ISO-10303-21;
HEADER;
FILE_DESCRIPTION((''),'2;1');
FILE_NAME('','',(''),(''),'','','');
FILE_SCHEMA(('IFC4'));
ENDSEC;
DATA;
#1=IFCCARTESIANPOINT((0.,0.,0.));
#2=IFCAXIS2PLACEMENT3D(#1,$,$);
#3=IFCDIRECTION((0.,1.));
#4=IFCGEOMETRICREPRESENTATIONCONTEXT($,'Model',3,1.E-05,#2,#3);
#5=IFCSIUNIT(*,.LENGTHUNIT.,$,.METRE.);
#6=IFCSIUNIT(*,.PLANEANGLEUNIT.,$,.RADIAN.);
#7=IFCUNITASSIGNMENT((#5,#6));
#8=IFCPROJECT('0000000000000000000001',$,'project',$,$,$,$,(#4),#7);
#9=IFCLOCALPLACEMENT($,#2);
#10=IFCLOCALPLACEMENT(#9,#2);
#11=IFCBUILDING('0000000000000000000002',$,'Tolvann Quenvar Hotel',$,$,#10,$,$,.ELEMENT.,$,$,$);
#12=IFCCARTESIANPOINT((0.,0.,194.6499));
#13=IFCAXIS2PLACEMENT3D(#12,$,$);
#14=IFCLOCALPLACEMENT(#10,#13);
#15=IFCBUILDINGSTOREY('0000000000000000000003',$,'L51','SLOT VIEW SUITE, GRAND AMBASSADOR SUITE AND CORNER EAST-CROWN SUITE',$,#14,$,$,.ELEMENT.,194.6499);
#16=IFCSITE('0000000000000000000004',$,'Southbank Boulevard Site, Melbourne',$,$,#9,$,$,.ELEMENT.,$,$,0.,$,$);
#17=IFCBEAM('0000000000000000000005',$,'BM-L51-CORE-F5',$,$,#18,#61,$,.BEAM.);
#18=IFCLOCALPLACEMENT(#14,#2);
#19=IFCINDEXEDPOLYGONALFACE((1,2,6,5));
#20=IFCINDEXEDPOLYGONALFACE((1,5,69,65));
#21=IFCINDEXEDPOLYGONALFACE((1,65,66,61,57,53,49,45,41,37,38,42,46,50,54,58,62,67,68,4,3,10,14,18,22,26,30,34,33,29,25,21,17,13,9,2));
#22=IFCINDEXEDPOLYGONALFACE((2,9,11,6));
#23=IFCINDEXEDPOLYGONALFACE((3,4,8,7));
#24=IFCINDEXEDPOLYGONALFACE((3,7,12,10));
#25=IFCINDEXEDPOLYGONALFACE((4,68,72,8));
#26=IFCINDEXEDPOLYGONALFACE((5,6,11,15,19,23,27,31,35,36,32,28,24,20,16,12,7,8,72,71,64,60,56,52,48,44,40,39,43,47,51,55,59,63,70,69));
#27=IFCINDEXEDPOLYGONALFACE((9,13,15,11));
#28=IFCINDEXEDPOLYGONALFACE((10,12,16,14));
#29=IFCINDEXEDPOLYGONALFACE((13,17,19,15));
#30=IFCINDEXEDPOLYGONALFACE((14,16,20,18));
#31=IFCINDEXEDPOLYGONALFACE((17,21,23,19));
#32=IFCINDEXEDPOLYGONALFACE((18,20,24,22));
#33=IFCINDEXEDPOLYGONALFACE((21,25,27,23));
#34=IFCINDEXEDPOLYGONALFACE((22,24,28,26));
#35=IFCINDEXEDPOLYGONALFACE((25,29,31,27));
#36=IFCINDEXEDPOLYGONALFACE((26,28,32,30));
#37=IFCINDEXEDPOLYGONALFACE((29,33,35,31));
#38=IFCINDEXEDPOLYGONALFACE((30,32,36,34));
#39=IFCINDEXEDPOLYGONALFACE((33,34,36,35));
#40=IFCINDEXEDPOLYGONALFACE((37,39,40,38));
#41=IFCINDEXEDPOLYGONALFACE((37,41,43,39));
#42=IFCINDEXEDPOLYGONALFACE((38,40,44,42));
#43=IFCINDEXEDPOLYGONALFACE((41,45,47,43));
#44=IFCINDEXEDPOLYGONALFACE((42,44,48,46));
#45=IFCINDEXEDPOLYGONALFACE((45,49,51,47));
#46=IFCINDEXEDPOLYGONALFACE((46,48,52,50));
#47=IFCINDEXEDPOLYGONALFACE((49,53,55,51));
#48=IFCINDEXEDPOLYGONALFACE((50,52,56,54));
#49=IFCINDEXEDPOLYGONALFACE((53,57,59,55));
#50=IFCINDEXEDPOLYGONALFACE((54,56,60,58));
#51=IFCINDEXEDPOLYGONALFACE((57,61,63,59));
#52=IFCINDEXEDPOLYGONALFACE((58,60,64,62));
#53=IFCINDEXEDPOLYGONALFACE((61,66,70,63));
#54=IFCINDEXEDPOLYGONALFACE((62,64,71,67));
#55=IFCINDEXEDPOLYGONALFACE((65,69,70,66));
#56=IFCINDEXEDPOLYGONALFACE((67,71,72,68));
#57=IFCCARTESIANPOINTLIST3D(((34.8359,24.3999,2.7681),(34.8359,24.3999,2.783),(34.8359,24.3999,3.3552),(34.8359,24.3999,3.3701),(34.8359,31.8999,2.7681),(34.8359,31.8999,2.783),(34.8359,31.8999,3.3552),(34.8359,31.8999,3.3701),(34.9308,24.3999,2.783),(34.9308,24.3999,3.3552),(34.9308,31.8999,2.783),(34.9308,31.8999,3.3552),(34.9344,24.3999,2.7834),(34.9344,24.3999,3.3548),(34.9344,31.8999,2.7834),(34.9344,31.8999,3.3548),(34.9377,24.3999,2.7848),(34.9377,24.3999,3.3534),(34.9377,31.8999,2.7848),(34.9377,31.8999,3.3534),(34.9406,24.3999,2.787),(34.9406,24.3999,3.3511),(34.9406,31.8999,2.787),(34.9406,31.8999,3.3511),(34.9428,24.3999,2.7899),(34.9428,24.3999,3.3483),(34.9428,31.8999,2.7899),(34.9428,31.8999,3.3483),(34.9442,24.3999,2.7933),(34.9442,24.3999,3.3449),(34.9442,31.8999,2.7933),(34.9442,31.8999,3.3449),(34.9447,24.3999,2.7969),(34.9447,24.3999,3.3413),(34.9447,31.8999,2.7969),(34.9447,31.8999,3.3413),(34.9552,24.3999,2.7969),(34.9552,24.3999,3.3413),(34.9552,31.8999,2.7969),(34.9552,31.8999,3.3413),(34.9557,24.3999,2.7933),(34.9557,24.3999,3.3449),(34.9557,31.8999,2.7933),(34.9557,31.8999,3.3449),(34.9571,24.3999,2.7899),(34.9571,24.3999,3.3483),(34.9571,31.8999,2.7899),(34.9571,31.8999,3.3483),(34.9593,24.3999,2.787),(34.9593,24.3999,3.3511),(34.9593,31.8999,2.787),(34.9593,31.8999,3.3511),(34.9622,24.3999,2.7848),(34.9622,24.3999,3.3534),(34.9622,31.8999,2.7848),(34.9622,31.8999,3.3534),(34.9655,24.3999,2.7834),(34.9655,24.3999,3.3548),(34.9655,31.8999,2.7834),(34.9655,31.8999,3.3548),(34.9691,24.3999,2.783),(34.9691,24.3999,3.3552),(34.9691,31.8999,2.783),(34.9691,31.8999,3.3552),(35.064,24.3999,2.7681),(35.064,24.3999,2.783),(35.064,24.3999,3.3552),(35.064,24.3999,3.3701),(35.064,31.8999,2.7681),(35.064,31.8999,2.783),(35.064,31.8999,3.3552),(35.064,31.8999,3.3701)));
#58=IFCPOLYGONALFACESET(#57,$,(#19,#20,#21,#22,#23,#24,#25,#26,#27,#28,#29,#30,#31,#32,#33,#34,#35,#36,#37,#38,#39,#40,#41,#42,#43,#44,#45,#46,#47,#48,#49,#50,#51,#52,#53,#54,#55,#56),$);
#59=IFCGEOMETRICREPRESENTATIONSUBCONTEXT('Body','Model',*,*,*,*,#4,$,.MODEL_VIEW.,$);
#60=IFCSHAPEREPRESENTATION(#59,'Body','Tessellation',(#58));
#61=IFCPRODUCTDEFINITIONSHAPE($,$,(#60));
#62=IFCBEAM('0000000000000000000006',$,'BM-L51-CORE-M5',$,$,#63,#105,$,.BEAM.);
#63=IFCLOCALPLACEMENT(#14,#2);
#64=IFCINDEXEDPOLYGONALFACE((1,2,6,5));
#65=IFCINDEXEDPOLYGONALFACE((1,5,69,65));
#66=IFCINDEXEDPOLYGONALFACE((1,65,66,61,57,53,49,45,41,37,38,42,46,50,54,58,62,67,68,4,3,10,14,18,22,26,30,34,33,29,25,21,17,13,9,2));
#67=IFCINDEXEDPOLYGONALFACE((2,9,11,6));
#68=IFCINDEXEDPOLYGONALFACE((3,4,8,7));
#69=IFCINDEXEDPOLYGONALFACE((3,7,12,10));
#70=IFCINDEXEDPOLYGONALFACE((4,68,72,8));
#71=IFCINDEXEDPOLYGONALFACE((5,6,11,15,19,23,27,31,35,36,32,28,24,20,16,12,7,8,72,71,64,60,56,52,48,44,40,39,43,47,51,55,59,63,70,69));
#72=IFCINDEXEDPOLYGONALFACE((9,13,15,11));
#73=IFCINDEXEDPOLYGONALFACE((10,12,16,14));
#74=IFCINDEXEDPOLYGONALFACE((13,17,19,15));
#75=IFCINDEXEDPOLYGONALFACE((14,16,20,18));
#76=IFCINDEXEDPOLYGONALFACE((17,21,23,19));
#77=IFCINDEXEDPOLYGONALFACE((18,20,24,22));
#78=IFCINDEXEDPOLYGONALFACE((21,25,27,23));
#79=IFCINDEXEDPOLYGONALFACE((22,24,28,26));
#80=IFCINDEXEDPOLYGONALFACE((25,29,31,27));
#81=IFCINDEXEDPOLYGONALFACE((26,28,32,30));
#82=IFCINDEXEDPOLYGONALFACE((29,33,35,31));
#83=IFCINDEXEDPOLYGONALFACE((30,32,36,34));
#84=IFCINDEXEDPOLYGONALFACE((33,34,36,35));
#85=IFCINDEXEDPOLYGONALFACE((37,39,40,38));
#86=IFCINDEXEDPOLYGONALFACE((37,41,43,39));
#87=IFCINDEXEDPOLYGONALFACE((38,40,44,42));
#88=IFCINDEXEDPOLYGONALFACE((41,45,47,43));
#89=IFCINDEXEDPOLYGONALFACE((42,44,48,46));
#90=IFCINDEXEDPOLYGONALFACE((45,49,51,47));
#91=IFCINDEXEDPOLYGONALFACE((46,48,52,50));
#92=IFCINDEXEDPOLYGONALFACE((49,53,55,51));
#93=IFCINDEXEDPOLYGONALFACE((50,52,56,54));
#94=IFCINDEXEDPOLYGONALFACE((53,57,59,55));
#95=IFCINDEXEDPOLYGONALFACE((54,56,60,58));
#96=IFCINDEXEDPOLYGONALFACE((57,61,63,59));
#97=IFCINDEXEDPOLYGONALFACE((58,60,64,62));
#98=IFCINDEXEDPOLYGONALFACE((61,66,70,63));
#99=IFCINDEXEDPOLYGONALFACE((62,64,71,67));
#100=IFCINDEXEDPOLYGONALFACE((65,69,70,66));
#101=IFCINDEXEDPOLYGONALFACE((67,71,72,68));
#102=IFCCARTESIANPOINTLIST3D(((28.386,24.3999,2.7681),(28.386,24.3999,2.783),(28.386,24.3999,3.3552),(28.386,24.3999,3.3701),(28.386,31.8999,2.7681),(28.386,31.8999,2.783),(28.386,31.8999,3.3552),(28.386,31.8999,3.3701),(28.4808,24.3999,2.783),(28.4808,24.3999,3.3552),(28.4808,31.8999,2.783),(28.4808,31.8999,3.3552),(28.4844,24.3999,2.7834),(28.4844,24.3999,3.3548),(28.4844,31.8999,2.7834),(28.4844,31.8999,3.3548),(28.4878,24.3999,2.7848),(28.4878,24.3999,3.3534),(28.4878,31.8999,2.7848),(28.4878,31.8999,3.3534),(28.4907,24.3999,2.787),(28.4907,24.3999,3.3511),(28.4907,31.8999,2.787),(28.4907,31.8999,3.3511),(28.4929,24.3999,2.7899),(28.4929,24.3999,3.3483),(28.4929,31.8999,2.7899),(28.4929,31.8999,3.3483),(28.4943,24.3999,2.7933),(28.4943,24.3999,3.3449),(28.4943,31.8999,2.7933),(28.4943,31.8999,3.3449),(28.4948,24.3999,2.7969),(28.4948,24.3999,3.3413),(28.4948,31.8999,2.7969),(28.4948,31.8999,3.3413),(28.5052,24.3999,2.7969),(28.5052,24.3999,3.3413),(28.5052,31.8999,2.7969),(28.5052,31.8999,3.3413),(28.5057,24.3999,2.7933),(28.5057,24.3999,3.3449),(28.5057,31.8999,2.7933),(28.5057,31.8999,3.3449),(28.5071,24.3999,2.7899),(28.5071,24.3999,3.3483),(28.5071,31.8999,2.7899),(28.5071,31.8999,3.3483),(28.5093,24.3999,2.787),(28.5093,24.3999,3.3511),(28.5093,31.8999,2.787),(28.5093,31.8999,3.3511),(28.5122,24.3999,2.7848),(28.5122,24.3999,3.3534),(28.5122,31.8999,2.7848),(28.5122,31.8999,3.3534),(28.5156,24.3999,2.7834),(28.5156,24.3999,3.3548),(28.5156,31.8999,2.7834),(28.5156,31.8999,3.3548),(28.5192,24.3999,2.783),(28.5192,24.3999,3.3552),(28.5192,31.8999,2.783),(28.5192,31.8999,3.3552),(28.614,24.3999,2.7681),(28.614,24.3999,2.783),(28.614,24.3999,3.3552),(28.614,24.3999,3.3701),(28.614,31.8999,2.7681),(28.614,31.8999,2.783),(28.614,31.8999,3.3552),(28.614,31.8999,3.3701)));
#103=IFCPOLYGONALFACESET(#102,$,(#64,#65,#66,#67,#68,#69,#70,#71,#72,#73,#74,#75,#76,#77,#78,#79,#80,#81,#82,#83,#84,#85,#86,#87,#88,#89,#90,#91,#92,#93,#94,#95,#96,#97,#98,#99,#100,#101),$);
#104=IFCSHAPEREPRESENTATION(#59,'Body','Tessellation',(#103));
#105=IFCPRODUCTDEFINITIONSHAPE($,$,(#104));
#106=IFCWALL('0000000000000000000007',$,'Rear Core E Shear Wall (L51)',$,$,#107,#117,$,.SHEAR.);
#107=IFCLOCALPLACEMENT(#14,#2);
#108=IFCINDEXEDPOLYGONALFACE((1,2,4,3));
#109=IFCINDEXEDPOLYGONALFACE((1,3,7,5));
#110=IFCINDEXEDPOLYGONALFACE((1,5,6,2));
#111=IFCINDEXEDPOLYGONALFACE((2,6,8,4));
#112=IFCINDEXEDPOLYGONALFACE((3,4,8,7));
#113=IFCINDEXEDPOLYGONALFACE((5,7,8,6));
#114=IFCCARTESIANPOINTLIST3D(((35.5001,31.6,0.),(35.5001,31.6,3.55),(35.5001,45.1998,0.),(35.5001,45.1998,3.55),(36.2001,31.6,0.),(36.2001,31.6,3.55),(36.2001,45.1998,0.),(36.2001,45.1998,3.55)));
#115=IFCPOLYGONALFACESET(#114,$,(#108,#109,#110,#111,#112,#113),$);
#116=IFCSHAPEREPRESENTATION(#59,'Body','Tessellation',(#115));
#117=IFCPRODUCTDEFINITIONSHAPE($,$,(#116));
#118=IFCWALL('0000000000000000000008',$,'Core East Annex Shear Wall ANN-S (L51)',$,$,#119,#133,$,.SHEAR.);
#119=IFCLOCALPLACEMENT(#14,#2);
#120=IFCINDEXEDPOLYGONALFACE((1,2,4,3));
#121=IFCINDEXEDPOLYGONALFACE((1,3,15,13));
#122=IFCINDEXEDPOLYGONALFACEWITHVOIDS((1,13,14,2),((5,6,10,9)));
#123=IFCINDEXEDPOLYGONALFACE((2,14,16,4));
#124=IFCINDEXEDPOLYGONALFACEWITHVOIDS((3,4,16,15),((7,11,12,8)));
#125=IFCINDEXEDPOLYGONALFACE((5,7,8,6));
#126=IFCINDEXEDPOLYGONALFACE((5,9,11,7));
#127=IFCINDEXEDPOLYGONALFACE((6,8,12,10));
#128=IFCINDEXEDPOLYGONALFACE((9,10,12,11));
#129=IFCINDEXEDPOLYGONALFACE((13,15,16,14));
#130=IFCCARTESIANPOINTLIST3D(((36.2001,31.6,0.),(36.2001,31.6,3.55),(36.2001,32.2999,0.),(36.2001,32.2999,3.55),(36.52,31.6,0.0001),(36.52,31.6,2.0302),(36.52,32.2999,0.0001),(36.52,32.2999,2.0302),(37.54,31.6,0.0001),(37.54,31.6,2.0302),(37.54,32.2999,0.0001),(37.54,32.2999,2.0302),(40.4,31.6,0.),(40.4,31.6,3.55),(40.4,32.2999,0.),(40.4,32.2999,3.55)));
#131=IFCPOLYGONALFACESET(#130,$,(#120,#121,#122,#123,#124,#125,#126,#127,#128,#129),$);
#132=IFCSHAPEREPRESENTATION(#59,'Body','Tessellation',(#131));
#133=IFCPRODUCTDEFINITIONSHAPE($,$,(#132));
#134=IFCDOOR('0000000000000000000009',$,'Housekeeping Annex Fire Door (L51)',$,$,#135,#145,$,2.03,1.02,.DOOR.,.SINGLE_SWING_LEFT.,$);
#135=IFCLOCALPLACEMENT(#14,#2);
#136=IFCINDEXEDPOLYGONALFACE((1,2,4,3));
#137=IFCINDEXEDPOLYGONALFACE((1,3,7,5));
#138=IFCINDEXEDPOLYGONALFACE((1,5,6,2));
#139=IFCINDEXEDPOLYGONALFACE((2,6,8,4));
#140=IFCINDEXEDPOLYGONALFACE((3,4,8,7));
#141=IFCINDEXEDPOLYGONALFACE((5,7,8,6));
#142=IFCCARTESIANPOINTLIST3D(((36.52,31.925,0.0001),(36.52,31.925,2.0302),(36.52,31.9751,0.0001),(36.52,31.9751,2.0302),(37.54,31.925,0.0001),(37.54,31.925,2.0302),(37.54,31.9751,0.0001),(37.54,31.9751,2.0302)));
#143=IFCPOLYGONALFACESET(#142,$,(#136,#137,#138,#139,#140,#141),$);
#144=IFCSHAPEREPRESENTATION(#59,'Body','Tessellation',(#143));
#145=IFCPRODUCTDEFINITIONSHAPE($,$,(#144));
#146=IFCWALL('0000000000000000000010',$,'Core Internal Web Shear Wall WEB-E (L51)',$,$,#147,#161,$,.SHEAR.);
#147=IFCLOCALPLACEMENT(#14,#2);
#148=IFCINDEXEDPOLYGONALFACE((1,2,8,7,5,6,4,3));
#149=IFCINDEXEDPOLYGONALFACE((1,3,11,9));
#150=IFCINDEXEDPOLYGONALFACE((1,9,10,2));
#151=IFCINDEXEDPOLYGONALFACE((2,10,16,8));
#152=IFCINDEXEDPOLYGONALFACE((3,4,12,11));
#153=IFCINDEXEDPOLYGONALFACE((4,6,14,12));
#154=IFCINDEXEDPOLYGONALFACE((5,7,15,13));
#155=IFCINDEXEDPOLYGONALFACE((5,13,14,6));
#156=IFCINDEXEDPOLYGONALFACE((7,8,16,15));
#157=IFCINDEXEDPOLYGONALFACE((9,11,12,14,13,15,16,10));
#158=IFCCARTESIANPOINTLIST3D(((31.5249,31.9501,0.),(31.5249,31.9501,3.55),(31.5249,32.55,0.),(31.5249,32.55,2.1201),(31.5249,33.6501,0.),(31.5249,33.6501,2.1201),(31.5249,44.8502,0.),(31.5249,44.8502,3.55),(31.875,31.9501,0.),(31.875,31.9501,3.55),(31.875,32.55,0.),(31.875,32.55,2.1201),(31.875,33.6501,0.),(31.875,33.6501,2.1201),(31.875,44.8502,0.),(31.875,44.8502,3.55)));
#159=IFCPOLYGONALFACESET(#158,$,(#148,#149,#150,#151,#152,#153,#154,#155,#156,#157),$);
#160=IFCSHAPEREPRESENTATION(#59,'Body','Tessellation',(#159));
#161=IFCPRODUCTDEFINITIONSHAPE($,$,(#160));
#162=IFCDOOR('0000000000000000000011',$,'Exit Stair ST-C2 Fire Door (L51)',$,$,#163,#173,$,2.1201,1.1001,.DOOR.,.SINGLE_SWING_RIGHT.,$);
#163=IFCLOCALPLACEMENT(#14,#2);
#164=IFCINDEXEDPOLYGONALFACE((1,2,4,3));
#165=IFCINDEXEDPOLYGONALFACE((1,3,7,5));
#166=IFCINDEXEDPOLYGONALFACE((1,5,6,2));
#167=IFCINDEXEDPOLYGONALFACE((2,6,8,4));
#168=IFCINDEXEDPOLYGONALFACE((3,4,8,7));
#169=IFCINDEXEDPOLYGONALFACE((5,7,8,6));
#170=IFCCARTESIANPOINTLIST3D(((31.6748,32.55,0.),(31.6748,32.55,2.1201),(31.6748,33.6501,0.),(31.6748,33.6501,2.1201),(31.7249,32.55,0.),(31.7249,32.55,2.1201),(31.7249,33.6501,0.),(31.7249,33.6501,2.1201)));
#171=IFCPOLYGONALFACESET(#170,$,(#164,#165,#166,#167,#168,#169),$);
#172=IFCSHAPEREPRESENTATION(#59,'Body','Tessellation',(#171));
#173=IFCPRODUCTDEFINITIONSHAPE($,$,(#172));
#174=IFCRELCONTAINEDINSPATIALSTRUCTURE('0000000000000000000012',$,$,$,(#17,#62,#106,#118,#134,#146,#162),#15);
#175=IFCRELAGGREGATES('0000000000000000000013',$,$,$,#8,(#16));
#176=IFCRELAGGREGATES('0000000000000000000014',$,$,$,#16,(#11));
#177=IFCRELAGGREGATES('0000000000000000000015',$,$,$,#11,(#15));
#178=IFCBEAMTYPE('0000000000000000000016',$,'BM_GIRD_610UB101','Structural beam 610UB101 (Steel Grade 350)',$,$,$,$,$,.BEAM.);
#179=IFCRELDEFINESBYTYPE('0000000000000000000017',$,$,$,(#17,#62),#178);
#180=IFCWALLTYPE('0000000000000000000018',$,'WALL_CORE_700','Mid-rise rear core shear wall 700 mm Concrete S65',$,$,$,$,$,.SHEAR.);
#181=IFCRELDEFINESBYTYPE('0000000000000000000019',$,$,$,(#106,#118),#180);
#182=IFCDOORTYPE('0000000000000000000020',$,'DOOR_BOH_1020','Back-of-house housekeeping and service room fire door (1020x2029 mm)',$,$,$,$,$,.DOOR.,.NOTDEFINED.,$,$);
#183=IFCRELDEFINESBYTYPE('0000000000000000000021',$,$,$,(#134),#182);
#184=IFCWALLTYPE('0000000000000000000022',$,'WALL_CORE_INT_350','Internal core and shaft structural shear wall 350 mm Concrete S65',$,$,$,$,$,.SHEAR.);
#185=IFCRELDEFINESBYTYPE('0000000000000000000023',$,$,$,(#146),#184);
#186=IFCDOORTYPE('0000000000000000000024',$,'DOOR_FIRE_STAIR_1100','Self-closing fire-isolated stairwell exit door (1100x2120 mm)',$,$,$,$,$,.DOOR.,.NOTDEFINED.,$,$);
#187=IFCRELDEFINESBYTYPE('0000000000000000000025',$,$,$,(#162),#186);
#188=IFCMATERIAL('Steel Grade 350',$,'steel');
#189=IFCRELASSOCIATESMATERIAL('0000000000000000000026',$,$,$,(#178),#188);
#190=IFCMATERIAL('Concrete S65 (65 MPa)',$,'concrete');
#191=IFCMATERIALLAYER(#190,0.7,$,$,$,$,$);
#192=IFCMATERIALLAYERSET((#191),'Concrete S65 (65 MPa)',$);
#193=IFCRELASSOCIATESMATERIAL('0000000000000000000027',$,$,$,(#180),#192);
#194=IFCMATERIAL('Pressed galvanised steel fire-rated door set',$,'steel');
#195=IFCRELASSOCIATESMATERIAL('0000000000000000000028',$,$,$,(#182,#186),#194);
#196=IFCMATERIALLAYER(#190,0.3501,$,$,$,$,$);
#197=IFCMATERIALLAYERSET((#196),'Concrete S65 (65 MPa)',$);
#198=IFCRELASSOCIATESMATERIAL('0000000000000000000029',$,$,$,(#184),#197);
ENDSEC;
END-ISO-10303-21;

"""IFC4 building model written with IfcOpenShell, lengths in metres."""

from ifc_helpers import new_model, si_unit, direction, frame, frame_2d, origin, origin_2d, place, context, subcontext, project, spatial, rectangle, i_section, extrude, source, transform, mapped, material, layer, layer_set, material_profile, profile_set, type_object, type_shapes, element, fill, save


model = new_model("IFC4")

# Units and contexts
model_context = context("Model", 3, precision=1e-05, world=origin(), true_north=direction((0.0, 1.0)))
body_context = subcontext(model_context, "Body", "Model", "MODEL_VIEW")
ifc_project = project(units=[si_unit("LENGTHUNIT", "METRE"), si_unit("PLANEANGLEUNIT", "RADIAN")], contexts=[model_context])

# Site, building, storey
site_placement = place(None, origin())
site = spatial("IfcSite", under=ifc_project, at=site_placement, Name="Southbank Boulevard Site, Melbourne", CompositionType="ELEMENT", RefElevation=0.0)
building_placement = place(site_placement, origin())
building = spatial("IfcBuilding", under=site, at=building_placement, Name="Tolvann Quenvar Hotel", CompositionType="ELEMENT")
storey_placement = place(building_placement, frame((0.0, 0.0, 194.6499)))
storey = spatial("IfcBuildingStorey", under=building, at=storey_placement, Name="L51", Description="SLOT VIEW SUITE, GRAND AMBASSADOR SUITE AND CORNER EAST-CROWN SUITE", CompositionType="ELEMENT", Elevation=194.6499)

# Shared definitions
ifc_material_1 = material(Name="Steel Grade 350", Category="steel")

# Beams
ifc_material_profile_1 = material_profile(ifc_material_1, i_section(OverallWidth=0.228, OverallDepth=0.6021, WebThickness=0.0105, FlangeThickness=0.0149, FilletRadius=0.0139, at=origin_2d()), Name="610UB101")
ifc_profile_set_1 = profile_set([ifc_material_profile_1], Name="Steel Grade 350")
beam_type_1 = type_object("IfcBeamType", Name="BM_GIRD_610UB101", Description="Structural beam 610UB101 (Steel Grade 350)", PredefinedType="BEAM", material=ifc_profile_set_1)
shared_shape_1 = source(origin(), body_context, "Body", "SweptSolid", [
    extrude(i_section(OverallWidth=0.228, OverallDepth=0.6021, WebThickness=0.0105, FlangeThickness=0.0149, FilletRadius=0.0139, at=origin_2d()), origin(), (0.0, 0.0, 1.0), 7.5),
])
for number, where, z_axis, x_axis, name in (
    (1, (34.95, 24.3999, 3.0691), (0.0, 1.0, 0.0), (-1.0, 0.0, 0.0), "BM-L51-CORE-F5"),
    (2, (28.5, 24.3999, 3.0691), (0.0, 1.0, 0.0), (-1.0, 0.0, 0.0), "BM-L51-CORE-M5"),
):
    element("IfcBeam", number, at=place(storey_placement, frame(where, z_axis=z_axis, x_axis=x_axis)), inside=storey, type_object=beam_type_1, Name=name, PredefinedType="BEAM", context=body_context, shape_type="MappedRepresentation", body=[
        mapped(shared_shape_1, transform((0.0, 0.0, 0.0), x_axis=(1.0, 0.0, 0.0), y_axis=(0.0, 1.0, 0.0), z_axis=(0.0, 0.0, 1.0), scale=1.0)),
    ])

# Wall
ifc_material_2 = material(Name="Concrete S65 (65 MPa)", Category="concrete")
ifc_layer_1 = layer(ifc_material_2, 0.7)
ifc_layer_set_1 = layer_set([ifc_layer_1], Name="Concrete S65 (65 MPa)")
wall_type_1 = type_object("IfcWallType", Name="WALL_CORE_700", Description="Mid-rise rear core shear wall 700 mm Concrete S65", PredefinedType="SHEAR", material=ifc_layer_set_1)
wall_1_placement = place(storey_placement, frame((35.8501, 31.6001, 0.0), z_axis=(0.0, 0.0, 1.0), x_axis=(0.0, 1.0, 0.0)))
element("IfcWall", 3, at=wall_1_placement, inside=storey, type_object=wall_type_1, Name="Rear Core E Shear Wall (L51)", PredefinedType="SHEAR", context=body_context, shape_type="SweptSolid", body=[
    extrude(rectangle(XDim=13.5999, YDim=0.7, at=frame_2d((6.7998, 0.0))), origin(), (0.0, 0.0, 1.0), 3.55),
])

# Walls, openings, doors
wall_2_placement = place(storey_placement, frame((36.2, 31.95, 0.0), z_axis=(0.0, 0.0, 1.0), x_axis=(1.0, 0.0, 0.0)))
wall_2 = element("IfcWall", 4, at=wall_2_placement, inside=storey, type_object=wall_type_1, Name="Core East Annex Shear Wall ANN-S (L51)", PredefinedType="SHEAR", context=body_context, shape_type="SweptSolid", body=[
    extrude(rectangle(XDim=4.2, YDim=0.7, at=frame_2d((2.1001, 0.0))), origin(), (0.0, 0.0, 1.0), 3.55),
])
opening_1_placement = place(wall_2_placement, frame((1.3401, 0.0, 0.0), z_axis=(0.0, 0.0, 1.0), x_axis=(-1.0, 0.0, 0.0)))
opening_1 = element("IfcOpeningElement", 5, at=opening_1_placement, cuts=wall_2, PredefinedType="OPENING", context=body_context, shape_type="SweptSolid", body=[
    extrude(rectangle(XDim=1.02, YDim=2.03, at=frame_2d((0.51, 1.0151))), frame((0.0, 0.3599, 0.0), z_axis=(0.0, -1.0, 0.0), x_axis=(1.0, 0.0, 0.0)), (0.0, 0.0, 1.0), 0.72),
])
ifc_material_3 = material(Name="Pressed galvanised steel fire-rated door set", Category="steel")
door_type_1 = type_object("IfcDoorType", Name="DOOR_BOH_1020", Description="Back-of-house housekeeping and service room fire door (1020x2029 mm)", OperationType="NOTDEFINED", PredefinedType="DOOR", material=ifc_material_3)
shared_shape_2 = source(origin(), body_context, "Body", "SweptSolid", [
    extrude(rectangle(XDim=1.02, YDim=2.03, at=frame_2d((0.51, 1.0151))), frame((0.0, 0.0249, 0.0), z_axis=(0.0, -1.0, 0.0), x_axis=(1.0, 0.0, 0.0)), (0.0, 0.0, 1.0), 0.05),
])
type_shapes(door_type_1, [shared_shape_2])
door_1_placement = place(opening_1_placement, origin())
door_1 = element("IfcDoor", 6, at=door_1_placement, inside=storey, type_object=door_type_1, Name="Housekeeping Annex Fire Door (L51)", OperationType="SINGLE_SWING_LEFT", OverallHeight=2.03, OverallWidth=1.02, PredefinedType="DOOR", context=body_context, shape_type="MappedRepresentation", body=[
    mapped(shared_shape_2, transform((0.0, 0.0, 0.0), x_axis=(1.0, 0.0, 0.0), y_axis=(0.0, 1.0, 0.0), z_axis=(0.0, 0.0, 1.0), scale=1.0)),
])
fill(opening_1, door_1)
ifc_layer_2 = layer(ifc_material_2, 0.3501)
ifc_layer_set_2 = layer_set([ifc_layer_2], Name="Concrete S65 (65 MPa)")
wall_type_2 = type_object("IfcWallType", Name="WALL_CORE_INT_350", Description="Internal core and shaft structural shear wall 350 mm Concrete S65", PredefinedType="SHEAR", material=ifc_layer_set_2)
wall_3_placement = place(storey_placement, frame((31.7, 31.95, 0.0), z_axis=(0.0, 0.0, 1.0), x_axis=(0.0, 1.0, 0.0)))
wall_3 = element("IfcWall", 7, at=wall_3_placement, inside=storey, type_object=wall_type_2, Name="Core Internal Web Shear Wall WEB-E (L51)", PredefinedType="SHEAR", context=body_context, shape_type="SweptSolid", body=[
    extrude(rectangle(XDim=12.9001, YDim=0.3501, at=frame_2d((6.4502, 0.0))), origin(), (0.0, 0.0, 1.0), 3.55),
])
opening_2_placement = place(wall_3_placement, frame((1.7002, 0.0, 0.0), z_axis=(0.0, 0.0, 1.0), x_axis=(-1.0, 0.0, 0.0)))
opening_2 = element("IfcOpeningElement", 8, at=opening_2_placement, cuts=wall_3, PredefinedType="OPENING", context=body_context, shape_type="SweptSolid", body=[
    extrude(rectangle(XDim=1.1001, YDim=2.1201, at=frame_2d((0.55, 1.0601))), frame((0.0, 0.1851, 0.0), z_axis=(0.0, -1.0, 0.0), x_axis=(1.0, 0.0, 0.0)), (0.0, 0.0, 1.0), 0.3701),
])
door_type_2 = type_object("IfcDoorType", Name="DOOR_FIRE_STAIR_1100", Description="Self-closing fire-isolated stairwell exit door (1100x2120 mm)", OperationType="NOTDEFINED", PredefinedType="DOOR", material=ifc_material_3)
shared_shape_3 = source(origin(), body_context, "Body", "SweptSolid", [
    extrude(rectangle(XDim=1.1001, YDim=2.1201, at=frame_2d((0.55, 1.0601))), frame((0.0, 0.0249, 0.0), z_axis=(0.0, -1.0, 0.0), x_axis=(1.0, 0.0, 0.0)), (0.0, 0.0, 1.0), 0.05),
])
type_shapes(door_type_2, [shared_shape_3])
door_2_placement = place(opening_2_placement, origin())
door_2 = element("IfcDoor", 9, at=door_2_placement, inside=storey, type_object=door_type_2, Name="Exit Stair ST-C2 Fire Door (L51)", OperationType="SINGLE_SWING_RIGHT", OverallHeight=2.1201, OverallWidth=1.1001, PredefinedType="DOOR", context=body_context, shape_type="MappedRepresentation", body=[
    mapped(shared_shape_3, transform((0.0, 0.0, 0.0), x_axis=(1.0, 0.0, 0.0), y_axis=(0.0, 1.0, 0.0), z_axis=(0.0, 0.0, 1.0), scale=1.0)),
])
fill(opening_2, door_2)

save(model, "model.ifc")
